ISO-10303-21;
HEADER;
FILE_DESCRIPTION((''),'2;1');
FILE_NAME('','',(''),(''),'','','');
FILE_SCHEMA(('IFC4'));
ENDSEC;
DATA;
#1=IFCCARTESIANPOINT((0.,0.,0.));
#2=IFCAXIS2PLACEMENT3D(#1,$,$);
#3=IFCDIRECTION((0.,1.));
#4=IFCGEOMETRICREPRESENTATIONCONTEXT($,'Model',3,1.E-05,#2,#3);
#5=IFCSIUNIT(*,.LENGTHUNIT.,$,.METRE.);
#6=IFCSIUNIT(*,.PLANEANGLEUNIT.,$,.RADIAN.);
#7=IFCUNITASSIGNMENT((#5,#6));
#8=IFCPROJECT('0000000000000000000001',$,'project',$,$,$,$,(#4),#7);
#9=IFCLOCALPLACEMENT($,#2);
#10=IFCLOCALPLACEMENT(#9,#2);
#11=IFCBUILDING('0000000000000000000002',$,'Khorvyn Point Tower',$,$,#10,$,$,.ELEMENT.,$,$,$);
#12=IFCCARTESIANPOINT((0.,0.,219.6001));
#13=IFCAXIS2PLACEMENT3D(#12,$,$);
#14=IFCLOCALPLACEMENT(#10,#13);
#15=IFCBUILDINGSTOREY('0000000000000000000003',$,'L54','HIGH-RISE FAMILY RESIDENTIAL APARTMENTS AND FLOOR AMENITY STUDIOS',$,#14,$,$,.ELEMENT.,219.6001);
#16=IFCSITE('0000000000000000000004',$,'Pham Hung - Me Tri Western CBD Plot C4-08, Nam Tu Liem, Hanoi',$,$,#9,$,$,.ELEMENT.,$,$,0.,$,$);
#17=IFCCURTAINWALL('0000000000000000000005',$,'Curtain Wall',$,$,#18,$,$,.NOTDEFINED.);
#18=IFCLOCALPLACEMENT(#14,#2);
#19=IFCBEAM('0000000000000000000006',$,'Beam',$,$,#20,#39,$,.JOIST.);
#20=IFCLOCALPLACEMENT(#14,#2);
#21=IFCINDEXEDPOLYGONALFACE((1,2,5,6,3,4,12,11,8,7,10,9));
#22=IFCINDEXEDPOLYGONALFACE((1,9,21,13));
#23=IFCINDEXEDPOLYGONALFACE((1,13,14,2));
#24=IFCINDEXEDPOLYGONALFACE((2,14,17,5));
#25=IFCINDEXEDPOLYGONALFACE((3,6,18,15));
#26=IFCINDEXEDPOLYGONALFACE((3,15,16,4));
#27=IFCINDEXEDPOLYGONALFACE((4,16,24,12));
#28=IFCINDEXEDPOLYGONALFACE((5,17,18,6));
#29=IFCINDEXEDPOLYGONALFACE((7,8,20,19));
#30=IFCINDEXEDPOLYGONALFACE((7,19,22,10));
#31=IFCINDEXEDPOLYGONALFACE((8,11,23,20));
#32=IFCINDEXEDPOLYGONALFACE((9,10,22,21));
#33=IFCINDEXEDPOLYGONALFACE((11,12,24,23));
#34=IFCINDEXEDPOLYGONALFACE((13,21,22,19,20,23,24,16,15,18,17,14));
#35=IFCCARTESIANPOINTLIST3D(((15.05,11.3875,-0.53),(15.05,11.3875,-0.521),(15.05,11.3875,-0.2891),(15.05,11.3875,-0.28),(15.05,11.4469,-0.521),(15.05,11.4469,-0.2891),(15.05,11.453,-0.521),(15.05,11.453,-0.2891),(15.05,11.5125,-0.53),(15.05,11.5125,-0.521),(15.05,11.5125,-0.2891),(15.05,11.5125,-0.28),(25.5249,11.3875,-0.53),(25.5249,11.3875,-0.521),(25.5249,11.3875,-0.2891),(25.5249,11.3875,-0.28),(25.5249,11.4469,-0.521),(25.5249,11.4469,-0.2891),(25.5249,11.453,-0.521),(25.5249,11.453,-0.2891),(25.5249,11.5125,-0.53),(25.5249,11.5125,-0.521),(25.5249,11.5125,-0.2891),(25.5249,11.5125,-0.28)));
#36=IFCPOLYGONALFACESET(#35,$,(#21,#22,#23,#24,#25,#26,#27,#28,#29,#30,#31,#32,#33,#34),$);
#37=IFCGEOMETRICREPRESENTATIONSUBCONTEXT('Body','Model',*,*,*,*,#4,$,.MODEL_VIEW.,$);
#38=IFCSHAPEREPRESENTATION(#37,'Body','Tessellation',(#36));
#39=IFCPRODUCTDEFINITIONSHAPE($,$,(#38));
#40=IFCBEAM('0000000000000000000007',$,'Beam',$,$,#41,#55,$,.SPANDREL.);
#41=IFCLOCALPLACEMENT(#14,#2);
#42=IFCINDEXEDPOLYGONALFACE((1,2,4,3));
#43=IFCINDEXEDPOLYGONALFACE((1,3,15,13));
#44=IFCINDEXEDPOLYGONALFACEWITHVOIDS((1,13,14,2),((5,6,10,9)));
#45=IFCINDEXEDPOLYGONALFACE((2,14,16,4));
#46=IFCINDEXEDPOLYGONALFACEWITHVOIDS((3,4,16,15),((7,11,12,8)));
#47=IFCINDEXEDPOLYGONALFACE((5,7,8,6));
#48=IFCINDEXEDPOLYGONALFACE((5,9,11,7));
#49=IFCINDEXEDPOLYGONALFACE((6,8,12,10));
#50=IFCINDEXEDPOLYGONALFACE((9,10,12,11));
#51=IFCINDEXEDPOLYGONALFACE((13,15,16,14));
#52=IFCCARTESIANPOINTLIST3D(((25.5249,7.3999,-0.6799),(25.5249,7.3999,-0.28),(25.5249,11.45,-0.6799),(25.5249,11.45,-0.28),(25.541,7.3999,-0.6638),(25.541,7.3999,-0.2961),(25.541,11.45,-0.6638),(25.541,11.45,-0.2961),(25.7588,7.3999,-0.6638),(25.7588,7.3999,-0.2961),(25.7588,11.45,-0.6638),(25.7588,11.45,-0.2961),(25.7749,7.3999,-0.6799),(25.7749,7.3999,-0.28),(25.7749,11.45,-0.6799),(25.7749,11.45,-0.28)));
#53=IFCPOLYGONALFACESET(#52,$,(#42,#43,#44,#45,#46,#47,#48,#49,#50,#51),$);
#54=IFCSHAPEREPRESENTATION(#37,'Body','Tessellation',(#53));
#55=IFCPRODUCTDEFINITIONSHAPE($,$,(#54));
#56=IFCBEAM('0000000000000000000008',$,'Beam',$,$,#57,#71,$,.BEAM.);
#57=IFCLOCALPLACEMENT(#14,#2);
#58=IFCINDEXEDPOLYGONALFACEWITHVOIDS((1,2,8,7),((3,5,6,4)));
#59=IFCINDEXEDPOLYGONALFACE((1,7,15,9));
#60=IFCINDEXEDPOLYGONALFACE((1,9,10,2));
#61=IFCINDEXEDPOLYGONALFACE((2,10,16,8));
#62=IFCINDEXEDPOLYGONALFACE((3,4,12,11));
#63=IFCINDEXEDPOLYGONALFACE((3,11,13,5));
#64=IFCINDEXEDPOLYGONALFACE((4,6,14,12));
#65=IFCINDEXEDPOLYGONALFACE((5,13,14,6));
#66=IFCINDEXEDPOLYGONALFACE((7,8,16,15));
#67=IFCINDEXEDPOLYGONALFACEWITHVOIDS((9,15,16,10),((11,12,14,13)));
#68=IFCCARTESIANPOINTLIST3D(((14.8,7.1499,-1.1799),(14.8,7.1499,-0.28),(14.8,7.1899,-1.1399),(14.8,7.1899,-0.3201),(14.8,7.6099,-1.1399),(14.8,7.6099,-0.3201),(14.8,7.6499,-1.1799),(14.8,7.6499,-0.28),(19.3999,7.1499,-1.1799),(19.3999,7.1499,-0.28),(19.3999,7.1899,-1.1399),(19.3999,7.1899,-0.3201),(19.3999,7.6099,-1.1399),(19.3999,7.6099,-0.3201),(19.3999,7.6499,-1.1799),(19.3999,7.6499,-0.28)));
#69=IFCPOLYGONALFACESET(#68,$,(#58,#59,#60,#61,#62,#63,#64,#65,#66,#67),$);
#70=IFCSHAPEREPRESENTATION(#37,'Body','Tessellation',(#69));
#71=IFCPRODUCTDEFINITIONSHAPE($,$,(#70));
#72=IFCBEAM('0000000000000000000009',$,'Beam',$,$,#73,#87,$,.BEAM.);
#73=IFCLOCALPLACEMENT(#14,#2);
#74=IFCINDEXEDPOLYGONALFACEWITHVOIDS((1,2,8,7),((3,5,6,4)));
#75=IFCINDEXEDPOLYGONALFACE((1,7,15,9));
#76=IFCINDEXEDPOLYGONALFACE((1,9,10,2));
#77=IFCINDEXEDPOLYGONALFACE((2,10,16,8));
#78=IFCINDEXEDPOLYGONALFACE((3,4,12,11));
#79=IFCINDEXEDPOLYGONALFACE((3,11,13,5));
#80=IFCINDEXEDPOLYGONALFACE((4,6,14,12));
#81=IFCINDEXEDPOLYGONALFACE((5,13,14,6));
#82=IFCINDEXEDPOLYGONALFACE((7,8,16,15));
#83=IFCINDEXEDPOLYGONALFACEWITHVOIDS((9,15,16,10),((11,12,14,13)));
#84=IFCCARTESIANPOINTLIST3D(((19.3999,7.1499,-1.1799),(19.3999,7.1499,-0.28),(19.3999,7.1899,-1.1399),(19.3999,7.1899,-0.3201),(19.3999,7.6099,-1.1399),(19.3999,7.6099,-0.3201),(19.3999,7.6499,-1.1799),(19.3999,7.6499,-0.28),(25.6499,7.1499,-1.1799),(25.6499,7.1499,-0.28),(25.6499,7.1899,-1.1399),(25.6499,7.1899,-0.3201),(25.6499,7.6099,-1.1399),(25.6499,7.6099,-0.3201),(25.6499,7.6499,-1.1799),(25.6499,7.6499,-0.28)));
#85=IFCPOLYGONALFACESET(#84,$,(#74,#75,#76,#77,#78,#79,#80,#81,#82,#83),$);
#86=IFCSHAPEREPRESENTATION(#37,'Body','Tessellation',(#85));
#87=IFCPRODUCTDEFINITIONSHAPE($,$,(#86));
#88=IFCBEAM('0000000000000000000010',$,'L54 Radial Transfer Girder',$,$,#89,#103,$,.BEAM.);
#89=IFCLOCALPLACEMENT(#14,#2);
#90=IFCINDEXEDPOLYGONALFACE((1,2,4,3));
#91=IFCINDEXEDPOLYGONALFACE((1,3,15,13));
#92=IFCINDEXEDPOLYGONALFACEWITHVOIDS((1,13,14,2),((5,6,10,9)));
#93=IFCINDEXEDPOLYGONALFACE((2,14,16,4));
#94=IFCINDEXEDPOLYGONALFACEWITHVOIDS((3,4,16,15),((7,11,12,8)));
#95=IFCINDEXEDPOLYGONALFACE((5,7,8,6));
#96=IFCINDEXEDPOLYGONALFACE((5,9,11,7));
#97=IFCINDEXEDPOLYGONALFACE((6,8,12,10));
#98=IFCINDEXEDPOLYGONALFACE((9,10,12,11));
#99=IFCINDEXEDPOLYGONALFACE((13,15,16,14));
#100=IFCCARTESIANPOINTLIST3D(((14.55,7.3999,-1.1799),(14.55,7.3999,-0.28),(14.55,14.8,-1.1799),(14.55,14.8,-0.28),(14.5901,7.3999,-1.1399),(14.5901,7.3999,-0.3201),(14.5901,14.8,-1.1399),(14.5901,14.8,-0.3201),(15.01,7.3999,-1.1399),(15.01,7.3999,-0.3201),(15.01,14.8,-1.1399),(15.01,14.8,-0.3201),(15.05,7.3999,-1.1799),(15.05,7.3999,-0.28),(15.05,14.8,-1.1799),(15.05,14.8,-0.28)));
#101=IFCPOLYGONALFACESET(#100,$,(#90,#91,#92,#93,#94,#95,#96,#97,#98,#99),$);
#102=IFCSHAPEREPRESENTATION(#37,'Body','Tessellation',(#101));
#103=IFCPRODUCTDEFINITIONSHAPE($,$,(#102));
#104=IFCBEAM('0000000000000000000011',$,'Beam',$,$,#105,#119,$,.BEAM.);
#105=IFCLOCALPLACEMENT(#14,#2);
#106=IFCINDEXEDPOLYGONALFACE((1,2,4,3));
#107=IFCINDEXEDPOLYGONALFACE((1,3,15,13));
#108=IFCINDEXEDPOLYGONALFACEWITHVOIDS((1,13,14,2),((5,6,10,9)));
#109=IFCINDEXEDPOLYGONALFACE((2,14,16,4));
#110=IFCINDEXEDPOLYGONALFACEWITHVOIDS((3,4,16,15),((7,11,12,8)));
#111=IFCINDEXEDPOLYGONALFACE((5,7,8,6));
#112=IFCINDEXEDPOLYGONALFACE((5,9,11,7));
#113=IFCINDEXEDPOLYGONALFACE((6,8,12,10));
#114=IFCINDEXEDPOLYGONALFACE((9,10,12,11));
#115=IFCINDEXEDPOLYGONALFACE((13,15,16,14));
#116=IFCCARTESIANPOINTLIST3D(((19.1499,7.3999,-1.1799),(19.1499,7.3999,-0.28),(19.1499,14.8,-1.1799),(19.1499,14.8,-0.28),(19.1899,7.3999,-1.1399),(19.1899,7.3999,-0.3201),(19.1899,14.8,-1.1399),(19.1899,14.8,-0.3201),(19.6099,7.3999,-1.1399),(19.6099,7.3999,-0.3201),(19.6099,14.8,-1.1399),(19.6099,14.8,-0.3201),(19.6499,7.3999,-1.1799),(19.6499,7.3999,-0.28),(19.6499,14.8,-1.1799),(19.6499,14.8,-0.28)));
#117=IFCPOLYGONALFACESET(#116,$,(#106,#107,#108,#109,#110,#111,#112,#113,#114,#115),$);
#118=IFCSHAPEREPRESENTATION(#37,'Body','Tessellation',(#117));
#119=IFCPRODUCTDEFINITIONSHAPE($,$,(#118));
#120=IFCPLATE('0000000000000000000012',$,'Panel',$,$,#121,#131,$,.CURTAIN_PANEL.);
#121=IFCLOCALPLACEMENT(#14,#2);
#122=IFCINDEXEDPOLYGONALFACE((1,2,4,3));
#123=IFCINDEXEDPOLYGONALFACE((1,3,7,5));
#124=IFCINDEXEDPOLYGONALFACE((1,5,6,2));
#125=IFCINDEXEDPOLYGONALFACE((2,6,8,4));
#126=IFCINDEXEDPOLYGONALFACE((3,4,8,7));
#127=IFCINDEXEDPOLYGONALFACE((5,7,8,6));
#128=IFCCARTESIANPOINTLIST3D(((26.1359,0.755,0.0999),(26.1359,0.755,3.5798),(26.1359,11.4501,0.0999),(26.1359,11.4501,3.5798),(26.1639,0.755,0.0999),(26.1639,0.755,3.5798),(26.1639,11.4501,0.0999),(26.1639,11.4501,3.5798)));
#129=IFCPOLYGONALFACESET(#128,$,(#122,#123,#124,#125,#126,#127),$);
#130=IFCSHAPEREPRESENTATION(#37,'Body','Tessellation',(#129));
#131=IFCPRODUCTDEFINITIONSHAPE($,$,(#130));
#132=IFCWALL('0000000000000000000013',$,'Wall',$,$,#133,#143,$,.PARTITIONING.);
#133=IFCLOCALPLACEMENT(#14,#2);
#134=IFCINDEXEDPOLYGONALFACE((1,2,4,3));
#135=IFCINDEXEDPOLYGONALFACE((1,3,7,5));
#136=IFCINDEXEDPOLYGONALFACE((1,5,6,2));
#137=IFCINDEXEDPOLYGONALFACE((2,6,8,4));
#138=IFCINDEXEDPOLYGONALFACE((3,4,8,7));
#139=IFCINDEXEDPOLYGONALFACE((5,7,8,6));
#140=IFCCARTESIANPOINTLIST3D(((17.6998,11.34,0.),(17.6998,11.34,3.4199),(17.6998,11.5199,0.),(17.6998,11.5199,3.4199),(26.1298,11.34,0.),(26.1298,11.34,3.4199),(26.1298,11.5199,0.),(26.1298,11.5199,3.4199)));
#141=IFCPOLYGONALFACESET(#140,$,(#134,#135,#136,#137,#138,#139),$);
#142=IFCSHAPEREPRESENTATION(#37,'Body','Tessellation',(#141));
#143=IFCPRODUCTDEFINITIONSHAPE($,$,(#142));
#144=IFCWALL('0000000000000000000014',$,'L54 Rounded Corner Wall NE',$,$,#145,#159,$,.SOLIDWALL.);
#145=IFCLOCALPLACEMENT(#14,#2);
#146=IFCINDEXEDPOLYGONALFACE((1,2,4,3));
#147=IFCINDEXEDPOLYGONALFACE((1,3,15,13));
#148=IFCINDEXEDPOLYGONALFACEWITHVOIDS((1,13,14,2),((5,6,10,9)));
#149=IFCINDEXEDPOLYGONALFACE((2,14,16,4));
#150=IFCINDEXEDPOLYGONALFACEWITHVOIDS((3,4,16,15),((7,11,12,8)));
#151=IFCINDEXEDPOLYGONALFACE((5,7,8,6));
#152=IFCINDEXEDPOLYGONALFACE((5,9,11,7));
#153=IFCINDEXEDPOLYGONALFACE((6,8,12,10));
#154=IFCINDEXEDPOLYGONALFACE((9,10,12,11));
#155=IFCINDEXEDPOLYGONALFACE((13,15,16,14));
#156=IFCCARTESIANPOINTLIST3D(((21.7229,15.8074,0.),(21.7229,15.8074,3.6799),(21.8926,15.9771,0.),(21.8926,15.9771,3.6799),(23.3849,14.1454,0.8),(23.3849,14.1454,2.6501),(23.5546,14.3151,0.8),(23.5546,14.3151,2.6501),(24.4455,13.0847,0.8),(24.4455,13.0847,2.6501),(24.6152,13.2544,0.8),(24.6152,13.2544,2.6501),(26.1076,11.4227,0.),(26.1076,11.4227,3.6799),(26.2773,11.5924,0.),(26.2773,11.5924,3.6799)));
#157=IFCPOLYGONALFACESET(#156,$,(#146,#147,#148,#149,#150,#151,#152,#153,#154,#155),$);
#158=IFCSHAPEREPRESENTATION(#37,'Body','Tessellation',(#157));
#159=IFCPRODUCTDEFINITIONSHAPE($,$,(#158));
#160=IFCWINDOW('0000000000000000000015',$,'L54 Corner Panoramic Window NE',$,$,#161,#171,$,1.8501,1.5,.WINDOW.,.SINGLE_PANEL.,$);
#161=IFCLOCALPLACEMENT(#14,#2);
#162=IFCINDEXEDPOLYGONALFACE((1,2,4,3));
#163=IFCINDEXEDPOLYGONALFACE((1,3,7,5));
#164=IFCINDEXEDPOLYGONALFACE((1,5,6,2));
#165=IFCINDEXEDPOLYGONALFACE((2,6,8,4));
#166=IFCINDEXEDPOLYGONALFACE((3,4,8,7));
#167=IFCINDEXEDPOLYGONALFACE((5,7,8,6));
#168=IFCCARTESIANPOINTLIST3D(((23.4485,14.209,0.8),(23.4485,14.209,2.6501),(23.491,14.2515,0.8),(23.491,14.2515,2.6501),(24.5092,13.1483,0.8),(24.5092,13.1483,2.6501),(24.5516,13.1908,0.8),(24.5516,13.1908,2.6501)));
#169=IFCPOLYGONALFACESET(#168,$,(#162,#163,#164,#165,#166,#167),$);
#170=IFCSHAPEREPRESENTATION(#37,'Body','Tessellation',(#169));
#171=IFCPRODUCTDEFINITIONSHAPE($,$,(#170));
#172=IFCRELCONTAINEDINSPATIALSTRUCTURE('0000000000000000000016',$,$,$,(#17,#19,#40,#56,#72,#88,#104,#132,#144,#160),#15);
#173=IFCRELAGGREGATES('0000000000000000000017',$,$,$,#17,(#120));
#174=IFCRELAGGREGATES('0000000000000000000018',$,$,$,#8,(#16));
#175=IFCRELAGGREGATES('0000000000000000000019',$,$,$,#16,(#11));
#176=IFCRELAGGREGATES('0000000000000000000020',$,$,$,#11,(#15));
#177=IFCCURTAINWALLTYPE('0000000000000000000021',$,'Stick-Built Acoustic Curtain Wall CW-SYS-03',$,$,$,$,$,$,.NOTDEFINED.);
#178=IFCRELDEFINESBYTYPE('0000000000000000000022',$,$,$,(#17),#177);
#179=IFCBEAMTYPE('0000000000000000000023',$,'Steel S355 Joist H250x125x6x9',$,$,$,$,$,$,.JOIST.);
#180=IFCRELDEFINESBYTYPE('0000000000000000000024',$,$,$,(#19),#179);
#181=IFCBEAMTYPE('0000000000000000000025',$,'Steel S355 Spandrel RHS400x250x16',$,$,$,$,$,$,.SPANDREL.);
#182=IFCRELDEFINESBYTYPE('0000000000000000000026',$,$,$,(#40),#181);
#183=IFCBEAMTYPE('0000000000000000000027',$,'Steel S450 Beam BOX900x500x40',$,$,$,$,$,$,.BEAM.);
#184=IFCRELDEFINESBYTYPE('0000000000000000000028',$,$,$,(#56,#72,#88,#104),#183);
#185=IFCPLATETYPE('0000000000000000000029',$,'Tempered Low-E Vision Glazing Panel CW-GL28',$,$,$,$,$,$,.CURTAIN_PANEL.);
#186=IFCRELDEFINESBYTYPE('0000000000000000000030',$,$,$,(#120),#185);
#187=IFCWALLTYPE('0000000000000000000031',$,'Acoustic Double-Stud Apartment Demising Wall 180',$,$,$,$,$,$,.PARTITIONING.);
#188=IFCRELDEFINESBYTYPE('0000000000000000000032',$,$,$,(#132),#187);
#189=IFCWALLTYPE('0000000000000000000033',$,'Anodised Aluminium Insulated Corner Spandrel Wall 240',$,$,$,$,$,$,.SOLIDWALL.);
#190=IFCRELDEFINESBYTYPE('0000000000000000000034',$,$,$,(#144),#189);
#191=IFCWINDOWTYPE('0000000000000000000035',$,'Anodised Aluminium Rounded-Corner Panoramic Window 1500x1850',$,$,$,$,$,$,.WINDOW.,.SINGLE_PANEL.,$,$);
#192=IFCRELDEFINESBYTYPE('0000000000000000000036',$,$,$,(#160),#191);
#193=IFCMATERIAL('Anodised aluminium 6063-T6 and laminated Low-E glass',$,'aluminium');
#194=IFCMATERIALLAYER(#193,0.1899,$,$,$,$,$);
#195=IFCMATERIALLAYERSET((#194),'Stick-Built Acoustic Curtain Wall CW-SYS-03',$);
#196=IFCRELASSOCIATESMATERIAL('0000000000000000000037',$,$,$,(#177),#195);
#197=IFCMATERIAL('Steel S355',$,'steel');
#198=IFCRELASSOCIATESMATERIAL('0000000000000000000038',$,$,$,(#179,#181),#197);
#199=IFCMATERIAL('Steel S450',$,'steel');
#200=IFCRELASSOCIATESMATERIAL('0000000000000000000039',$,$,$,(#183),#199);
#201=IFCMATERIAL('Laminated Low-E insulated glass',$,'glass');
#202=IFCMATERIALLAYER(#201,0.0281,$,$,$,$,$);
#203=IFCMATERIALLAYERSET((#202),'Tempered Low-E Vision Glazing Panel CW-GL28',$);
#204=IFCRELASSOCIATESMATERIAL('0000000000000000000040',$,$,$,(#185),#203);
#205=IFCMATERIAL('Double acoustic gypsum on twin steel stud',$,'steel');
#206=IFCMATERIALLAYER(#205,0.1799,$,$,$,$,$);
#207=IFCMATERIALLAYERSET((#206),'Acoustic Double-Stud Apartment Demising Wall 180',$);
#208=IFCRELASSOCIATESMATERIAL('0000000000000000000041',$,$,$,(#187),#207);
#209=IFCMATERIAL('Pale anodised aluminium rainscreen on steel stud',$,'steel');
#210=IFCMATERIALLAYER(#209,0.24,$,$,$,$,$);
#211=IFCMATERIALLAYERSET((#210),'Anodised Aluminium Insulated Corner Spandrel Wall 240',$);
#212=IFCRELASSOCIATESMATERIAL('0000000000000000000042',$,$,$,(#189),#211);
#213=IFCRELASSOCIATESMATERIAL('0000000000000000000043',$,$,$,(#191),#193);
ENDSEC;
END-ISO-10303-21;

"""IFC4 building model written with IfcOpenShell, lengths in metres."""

from ifc_helpers import new_model, si_unit, direction, frame, frame_2d, origin, origin_2d, place, context, subcontext, project, spatial, rectangle, hollow_rectangle, i_section, extrude, material, layer, layer_set, material_profile, profile_set, type_object, element, fill, aggregate, save


model = new_model("IFC4")

# Units and contexts
model_context = context("Model", 3, precision=1e-05, world=origin(), true_north=direction((0.0, 1.0)))
body_context = subcontext(model_context, "Body", "Model", "MODEL_VIEW")
ifc_project = project(units=[si_unit("LENGTHUNIT", "METRE"), si_unit("PLANEANGLEUNIT", "RADIAN")], contexts=[model_context])

# Site, building, storey
site_placement = place(None, origin())
site = spatial("IfcSite", under=ifc_project, at=site_placement, Name="Pham Hung - Me Tri Western CBD Plot C4-08, Nam Tu Liem, Hanoi", CompositionType="ELEMENT", RefElevation=0.0)
building_placement = place(site_placement, origin())
building = spatial("IfcBuilding", under=site, at=building_placement, Name="Khorvyn Point Tower", CompositionType="ELEMENT")
storey_placement = place(building_placement, frame((0.0, 0.0, 219.6001)))
storey = spatial("IfcBuildingStorey", under=building, at=storey_placement, Name="L54", Description="HIGH-RISE FAMILY RESIDENTIAL APARTMENTS AND FLOOR AMENITY STUDIOS", CompositionType="ELEMENT", Elevation=219.6001)

# Shared definitions
ifc_material_1 = material(Name="Steel S450", Category="steel")

# Shared definitions
ifc_material_2 = material(Name="Anodised aluminium 6063-T6 and laminated Low-E glass", Category="aluminium")
ifc_layer_1 = layer(ifc_material_2, 0.1899)
ifc_layer_set_1 = layer_set([ifc_layer_1], Name="Stick-Built Acoustic Curtain Wall CW-SYS-03")
curtain_wall_type = type_object("IfcCurtainWallType", Name="Stick-Built Acoustic Curtain Wall CW-SYS-03", PredefinedType="NOTDEFINED", material=ifc_layer_set_1)

# Curtain wall
curtain_wall_1_placement = place(storey_placement, origin())
curtain_wall_1 = element("IfcCurtainWall", 1, at=curtain_wall_1_placement, inside=storey, type_object=curtain_wall_type, Name="Curtain Wall", PredefinedType="NOTDEFINED")

# Beams
ifc_material_3 = material(Name="Steel S355", Category="steel")
ifc_material_profile_1 = material_profile(ifc_material_3, i_section(OverallWidth=0.125, OverallDepth=0.25, WebThickness=0.0061, FlangeThickness=0.009, at=origin_2d()))
ifc_profile_set_1 = profile_set([ifc_material_profile_1], Name="Steel S355 H250x125x6x9")
beam_type_1 = type_object("IfcBeamType", Name="Steel S355 Joist H250x125x6x9", PredefinedType="JOIST", material=ifc_profile_set_1)
beam_1_placement = place(storey_placement, frame((15.05, 11.45, -0.405), z_axis=(1.0, 0.0, 0.0), x_axis=(0.0, 1.0, 0.0)))
element("IfcBeam", 2, at=beam_1_placement, inside=storey, type_object=beam_type_1, Name="Beam", PredefinedType="JOIST", context=body_context, shape_type="SweptSolid", body=[
    extrude(i_section(OverallWidth=0.125, OverallDepth=0.25, WebThickness=0.0061, FlangeThickness=0.009, at=origin_2d()), origin(), (0.0, 0.0, 1.0), 10.4749),
])
ifc_material_profile_2 = material_profile(ifc_material_3, hollow_rectangle(XDim=0.25, YDim=0.3999, WallThickness=0.0161, at=origin_2d()))
ifc_profile_set_2 = profile_set([ifc_material_profile_2], Name="Steel S355 RHS400x250x16")
beam_type_2 = type_object("IfcBeamType", Name="Steel S355 Spandrel RHS400x250x16", PredefinedType="SPANDREL", material=ifc_profile_set_2)
beam_2_placement = place(storey_placement, frame((25.6499, 7.3999, -0.48), z_axis=(0.0, 1.0, 0.0), x_axis=(-1.0, 0.0, 0.0)))
element("IfcBeam", 3, at=beam_2_placement, inside=storey, type_object=beam_type_2, Name="Beam", PredefinedType="SPANDREL", context=body_context, shape_type="SweptSolid", body=[
    extrude(hollow_rectangle(XDim=0.25, YDim=0.3999, WallThickness=0.0161, at=origin_2d()), origin(), (0.0, 0.0, 1.0), 4.05),
])
ifc_material_profile_3 = material_profile(ifc_material_1, hollow_rectangle(XDim=0.5, YDim=0.8999, WallThickness=0.04, at=origin_2d()))
ifc_profile_set_3 = profile_set([ifc_material_profile_3], Name="Steel S450 BOX900x500x40")
beam_type_3 = type_object("IfcBeamType", Name="Steel S450 Beam BOX900x500x40", PredefinedType="BEAM", material=ifc_profile_set_3)
beam_3_placement = place(storey_placement, frame((14.8, 7.3999, -0.73), z_axis=(1.0, 0.0, 0.0), x_axis=(0.0, 1.0, 0.0)))
element("IfcBeam", 4, at=beam_3_placement, inside=storey, type_object=beam_type_3, Name="Beam", PredefinedType="BEAM", context=body_context, shape_type="SweptSolid", body=[
    extrude(hollow_rectangle(XDim=0.5, YDim=0.8999, WallThickness=0.04, at=origin_2d()), origin(), (0.0, 0.0, 1.0), 4.5999),
])
beam_4_placement = place(storey_placement, frame((19.3999, 7.3999, -0.73), z_axis=(1.0, 0.0, 0.0), x_axis=(0.0, 1.0, 0.0)))
element("IfcBeam", 5, at=beam_4_placement, inside=storey, type_object=beam_type_3, Name="Beam", PredefinedType="BEAM", context=body_context, shape_type="SweptSolid", body=[
    extrude(hollow_rectangle(XDim=0.5, YDim=0.8999, WallThickness=0.04, at=origin_2d()), origin(), (0.0, 0.0, 1.0), 6.25),
])
for number, where, z_axis, x_axis, name in (
    (6, (14.8, 7.3999, -0.73), (0.0, 1.0, 0.0), (-1.0, 0.0, 0.0), "L54 Radial Transfer Girder"),
    (7, (19.3999, 7.3999, -0.73), (0.0, 1.0, 0.0), (-1.0, 0.0, 0.0), "Beam"),
):
    element("IfcBeam", number, at=place(storey_placement, frame(where, z_axis=z_axis, x_axis=x_axis)), inside=storey, type_object=beam_type_3, Name=name, PredefinedType="BEAM", context=body_context, shape_type="SweptSolid", body=[
        extrude(hollow_rectangle(XDim=0.5, YDim=0.8999, WallThickness=0.04, at=origin_2d()), origin(), (0.0, 0.0, 1.0), 7.4001),
    ])

# Plate
ifc_material_4 = material(Name="Laminated Low-E insulated glass", Category="glass")
ifc_layer_2 = layer(ifc_material_4, 0.0281)
ifc_layer_set_2 = layer_set([ifc_layer_2], Name="Tempered Low-E Vision Glazing Panel CW-GL28")
plate_type = type_object("IfcPlateType", Name="Tempered Low-E Vision Glazing Panel CW-GL28", PredefinedType="CURTAIN_PANEL", material=ifc_layer_set_2)
plate_placement = place(storey_placement, frame((26.1499, 6.1025, 0.0999), z_axis=(0.0, 0.0, 1.0), x_axis=(0.0, -1.0, 0.0)))
plate = element("IfcPlate", 8, at=plate_placement, type_object=plate_type, Name="Panel", PredefinedType="CURTAIN_PANEL", context=body_context, shape_type="SweptSolid", body=[
    extrude(rectangle(XDim=10.6951, YDim=0.0281, at=origin_2d()), origin(), (0.0, 0.0, 1.0), 3.48),
])
aggregate(curtain_wall_1, [plate])

# Wall
ifc_material_5 = material(Name="Double acoustic gypsum on twin steel stud", Category="steel")
ifc_layer_3 = layer(ifc_material_5, 0.1799)
ifc_layer_set_3 = layer_set([ifc_layer_3], Name="Acoustic Double-Stud Apartment Demising Wall 180")
wall_type_1 = type_object("IfcWallType", Name="Acoustic Double-Stud Apartment Demising Wall 180", PredefinedType="PARTITIONING", material=ifc_layer_set_3)
wall_1_placement = place(storey_placement, frame((17.7, 11.4299, 0.0), z_axis=(0.0, 0.0, 1.0), x_axis=(1.0, 0.0, 0.0)))
element("IfcWall", 9, at=wall_1_placement, inside=storey, type_object=wall_type_1, Name="Wall", PredefinedType="PARTITIONING", context=body_context, shape_type="SweptSolid", body=[
    extrude(rectangle(XDim=8.4299, YDim=0.1799, at=frame_2d((4.2148, 0.0))), origin(), (0.0, 0.0, 1.0), 3.4199),
])

# Wall, opening, window
ifc_material_6 = material(Name="Pale anodised aluminium rainscreen on steel stud", Category="steel")
ifc_layer_4 = layer(ifc_material_6, 0.24)
ifc_layer_set_4 = layer_set([ifc_layer_4], Name="Anodised Aluminium Insulated Corner Spandrel Wall 240")
wall_type_2 = type_object("IfcWallType", Name="Anodised Aluminium Insulated Corner Spandrel Wall 240", PredefinedType="SOLIDWALL", material=ifc_layer_set_4)
wall_2_placement = place(storey_placement, frame((21.8076, 15.8923, 0.0), z_axis=(0.0, 0.0, 1.0), x_axis=(0.707107, -0.707107, 0.0)))
wall_2 = element("IfcWall", 10, at=wall_2_placement, inside=storey, type_object=wall_type_2, Name="L54 Rounded Corner Wall NE", PredefinedType="SOLIDWALL", context=body_context, shape_type="SweptSolid", body=[
    extrude(rectangle(XDim=6.2009, YDim=0.24, at=frame_2d((3.1006, 0.0))), origin(), (0.0, 0.0, 1.0), 3.6799),
])
opening_placement = place(wall_2_placement, frame((2.3506, 0.0, 0.8)))
opening = element("IfcOpeningElement", 11, at=opening_placement, cuts=wall_2, PredefinedType="OPENING", context=body_context, shape_type="SweptSolid", body=[
    extrude(rectangle(XDim=1.5, YDim=1.8501, at=frame_2d((0.75, 0.925))), frame((0.0, 0.1299, 0.0), z_axis=(0.0, -1.0, 0.0), x_axis=(1.0, 0.0, 0.0)), (0.0, 0.0, 1.0), 0.26),
])
window_type = type_object("IfcWindowType", Name="Anodised Aluminium Rounded-Corner Panoramic Window 1500x1850", PartitioningType="SINGLE_PANEL", PredefinedType="WINDOW", material=ifc_material_2)
window_placement = place(opening_placement, origin())
window = element("IfcWindow", 12, at=window_placement, inside=storey, type_object=window_type, Name="L54 Corner Panoramic Window NE", OverallHeight=1.8501, OverallWidth=1.5, PartitioningType="SINGLE_PANEL", PredefinedType="WINDOW", context=body_context, shape_type="SweptSolid", body=[
    extrude(rectangle(XDim=1.5, YDim=1.8501, at=frame_2d((0.75, 0.925))), frame((0.0, 0.03, 0.0), z_axis=(0.0, -1.0, 0.0), x_axis=(1.0, 0.0, 0.0)), (0.0, 0.0, 1.0), 0.0601),
])
fill(opening, window)

save(model, "model.ifc")
